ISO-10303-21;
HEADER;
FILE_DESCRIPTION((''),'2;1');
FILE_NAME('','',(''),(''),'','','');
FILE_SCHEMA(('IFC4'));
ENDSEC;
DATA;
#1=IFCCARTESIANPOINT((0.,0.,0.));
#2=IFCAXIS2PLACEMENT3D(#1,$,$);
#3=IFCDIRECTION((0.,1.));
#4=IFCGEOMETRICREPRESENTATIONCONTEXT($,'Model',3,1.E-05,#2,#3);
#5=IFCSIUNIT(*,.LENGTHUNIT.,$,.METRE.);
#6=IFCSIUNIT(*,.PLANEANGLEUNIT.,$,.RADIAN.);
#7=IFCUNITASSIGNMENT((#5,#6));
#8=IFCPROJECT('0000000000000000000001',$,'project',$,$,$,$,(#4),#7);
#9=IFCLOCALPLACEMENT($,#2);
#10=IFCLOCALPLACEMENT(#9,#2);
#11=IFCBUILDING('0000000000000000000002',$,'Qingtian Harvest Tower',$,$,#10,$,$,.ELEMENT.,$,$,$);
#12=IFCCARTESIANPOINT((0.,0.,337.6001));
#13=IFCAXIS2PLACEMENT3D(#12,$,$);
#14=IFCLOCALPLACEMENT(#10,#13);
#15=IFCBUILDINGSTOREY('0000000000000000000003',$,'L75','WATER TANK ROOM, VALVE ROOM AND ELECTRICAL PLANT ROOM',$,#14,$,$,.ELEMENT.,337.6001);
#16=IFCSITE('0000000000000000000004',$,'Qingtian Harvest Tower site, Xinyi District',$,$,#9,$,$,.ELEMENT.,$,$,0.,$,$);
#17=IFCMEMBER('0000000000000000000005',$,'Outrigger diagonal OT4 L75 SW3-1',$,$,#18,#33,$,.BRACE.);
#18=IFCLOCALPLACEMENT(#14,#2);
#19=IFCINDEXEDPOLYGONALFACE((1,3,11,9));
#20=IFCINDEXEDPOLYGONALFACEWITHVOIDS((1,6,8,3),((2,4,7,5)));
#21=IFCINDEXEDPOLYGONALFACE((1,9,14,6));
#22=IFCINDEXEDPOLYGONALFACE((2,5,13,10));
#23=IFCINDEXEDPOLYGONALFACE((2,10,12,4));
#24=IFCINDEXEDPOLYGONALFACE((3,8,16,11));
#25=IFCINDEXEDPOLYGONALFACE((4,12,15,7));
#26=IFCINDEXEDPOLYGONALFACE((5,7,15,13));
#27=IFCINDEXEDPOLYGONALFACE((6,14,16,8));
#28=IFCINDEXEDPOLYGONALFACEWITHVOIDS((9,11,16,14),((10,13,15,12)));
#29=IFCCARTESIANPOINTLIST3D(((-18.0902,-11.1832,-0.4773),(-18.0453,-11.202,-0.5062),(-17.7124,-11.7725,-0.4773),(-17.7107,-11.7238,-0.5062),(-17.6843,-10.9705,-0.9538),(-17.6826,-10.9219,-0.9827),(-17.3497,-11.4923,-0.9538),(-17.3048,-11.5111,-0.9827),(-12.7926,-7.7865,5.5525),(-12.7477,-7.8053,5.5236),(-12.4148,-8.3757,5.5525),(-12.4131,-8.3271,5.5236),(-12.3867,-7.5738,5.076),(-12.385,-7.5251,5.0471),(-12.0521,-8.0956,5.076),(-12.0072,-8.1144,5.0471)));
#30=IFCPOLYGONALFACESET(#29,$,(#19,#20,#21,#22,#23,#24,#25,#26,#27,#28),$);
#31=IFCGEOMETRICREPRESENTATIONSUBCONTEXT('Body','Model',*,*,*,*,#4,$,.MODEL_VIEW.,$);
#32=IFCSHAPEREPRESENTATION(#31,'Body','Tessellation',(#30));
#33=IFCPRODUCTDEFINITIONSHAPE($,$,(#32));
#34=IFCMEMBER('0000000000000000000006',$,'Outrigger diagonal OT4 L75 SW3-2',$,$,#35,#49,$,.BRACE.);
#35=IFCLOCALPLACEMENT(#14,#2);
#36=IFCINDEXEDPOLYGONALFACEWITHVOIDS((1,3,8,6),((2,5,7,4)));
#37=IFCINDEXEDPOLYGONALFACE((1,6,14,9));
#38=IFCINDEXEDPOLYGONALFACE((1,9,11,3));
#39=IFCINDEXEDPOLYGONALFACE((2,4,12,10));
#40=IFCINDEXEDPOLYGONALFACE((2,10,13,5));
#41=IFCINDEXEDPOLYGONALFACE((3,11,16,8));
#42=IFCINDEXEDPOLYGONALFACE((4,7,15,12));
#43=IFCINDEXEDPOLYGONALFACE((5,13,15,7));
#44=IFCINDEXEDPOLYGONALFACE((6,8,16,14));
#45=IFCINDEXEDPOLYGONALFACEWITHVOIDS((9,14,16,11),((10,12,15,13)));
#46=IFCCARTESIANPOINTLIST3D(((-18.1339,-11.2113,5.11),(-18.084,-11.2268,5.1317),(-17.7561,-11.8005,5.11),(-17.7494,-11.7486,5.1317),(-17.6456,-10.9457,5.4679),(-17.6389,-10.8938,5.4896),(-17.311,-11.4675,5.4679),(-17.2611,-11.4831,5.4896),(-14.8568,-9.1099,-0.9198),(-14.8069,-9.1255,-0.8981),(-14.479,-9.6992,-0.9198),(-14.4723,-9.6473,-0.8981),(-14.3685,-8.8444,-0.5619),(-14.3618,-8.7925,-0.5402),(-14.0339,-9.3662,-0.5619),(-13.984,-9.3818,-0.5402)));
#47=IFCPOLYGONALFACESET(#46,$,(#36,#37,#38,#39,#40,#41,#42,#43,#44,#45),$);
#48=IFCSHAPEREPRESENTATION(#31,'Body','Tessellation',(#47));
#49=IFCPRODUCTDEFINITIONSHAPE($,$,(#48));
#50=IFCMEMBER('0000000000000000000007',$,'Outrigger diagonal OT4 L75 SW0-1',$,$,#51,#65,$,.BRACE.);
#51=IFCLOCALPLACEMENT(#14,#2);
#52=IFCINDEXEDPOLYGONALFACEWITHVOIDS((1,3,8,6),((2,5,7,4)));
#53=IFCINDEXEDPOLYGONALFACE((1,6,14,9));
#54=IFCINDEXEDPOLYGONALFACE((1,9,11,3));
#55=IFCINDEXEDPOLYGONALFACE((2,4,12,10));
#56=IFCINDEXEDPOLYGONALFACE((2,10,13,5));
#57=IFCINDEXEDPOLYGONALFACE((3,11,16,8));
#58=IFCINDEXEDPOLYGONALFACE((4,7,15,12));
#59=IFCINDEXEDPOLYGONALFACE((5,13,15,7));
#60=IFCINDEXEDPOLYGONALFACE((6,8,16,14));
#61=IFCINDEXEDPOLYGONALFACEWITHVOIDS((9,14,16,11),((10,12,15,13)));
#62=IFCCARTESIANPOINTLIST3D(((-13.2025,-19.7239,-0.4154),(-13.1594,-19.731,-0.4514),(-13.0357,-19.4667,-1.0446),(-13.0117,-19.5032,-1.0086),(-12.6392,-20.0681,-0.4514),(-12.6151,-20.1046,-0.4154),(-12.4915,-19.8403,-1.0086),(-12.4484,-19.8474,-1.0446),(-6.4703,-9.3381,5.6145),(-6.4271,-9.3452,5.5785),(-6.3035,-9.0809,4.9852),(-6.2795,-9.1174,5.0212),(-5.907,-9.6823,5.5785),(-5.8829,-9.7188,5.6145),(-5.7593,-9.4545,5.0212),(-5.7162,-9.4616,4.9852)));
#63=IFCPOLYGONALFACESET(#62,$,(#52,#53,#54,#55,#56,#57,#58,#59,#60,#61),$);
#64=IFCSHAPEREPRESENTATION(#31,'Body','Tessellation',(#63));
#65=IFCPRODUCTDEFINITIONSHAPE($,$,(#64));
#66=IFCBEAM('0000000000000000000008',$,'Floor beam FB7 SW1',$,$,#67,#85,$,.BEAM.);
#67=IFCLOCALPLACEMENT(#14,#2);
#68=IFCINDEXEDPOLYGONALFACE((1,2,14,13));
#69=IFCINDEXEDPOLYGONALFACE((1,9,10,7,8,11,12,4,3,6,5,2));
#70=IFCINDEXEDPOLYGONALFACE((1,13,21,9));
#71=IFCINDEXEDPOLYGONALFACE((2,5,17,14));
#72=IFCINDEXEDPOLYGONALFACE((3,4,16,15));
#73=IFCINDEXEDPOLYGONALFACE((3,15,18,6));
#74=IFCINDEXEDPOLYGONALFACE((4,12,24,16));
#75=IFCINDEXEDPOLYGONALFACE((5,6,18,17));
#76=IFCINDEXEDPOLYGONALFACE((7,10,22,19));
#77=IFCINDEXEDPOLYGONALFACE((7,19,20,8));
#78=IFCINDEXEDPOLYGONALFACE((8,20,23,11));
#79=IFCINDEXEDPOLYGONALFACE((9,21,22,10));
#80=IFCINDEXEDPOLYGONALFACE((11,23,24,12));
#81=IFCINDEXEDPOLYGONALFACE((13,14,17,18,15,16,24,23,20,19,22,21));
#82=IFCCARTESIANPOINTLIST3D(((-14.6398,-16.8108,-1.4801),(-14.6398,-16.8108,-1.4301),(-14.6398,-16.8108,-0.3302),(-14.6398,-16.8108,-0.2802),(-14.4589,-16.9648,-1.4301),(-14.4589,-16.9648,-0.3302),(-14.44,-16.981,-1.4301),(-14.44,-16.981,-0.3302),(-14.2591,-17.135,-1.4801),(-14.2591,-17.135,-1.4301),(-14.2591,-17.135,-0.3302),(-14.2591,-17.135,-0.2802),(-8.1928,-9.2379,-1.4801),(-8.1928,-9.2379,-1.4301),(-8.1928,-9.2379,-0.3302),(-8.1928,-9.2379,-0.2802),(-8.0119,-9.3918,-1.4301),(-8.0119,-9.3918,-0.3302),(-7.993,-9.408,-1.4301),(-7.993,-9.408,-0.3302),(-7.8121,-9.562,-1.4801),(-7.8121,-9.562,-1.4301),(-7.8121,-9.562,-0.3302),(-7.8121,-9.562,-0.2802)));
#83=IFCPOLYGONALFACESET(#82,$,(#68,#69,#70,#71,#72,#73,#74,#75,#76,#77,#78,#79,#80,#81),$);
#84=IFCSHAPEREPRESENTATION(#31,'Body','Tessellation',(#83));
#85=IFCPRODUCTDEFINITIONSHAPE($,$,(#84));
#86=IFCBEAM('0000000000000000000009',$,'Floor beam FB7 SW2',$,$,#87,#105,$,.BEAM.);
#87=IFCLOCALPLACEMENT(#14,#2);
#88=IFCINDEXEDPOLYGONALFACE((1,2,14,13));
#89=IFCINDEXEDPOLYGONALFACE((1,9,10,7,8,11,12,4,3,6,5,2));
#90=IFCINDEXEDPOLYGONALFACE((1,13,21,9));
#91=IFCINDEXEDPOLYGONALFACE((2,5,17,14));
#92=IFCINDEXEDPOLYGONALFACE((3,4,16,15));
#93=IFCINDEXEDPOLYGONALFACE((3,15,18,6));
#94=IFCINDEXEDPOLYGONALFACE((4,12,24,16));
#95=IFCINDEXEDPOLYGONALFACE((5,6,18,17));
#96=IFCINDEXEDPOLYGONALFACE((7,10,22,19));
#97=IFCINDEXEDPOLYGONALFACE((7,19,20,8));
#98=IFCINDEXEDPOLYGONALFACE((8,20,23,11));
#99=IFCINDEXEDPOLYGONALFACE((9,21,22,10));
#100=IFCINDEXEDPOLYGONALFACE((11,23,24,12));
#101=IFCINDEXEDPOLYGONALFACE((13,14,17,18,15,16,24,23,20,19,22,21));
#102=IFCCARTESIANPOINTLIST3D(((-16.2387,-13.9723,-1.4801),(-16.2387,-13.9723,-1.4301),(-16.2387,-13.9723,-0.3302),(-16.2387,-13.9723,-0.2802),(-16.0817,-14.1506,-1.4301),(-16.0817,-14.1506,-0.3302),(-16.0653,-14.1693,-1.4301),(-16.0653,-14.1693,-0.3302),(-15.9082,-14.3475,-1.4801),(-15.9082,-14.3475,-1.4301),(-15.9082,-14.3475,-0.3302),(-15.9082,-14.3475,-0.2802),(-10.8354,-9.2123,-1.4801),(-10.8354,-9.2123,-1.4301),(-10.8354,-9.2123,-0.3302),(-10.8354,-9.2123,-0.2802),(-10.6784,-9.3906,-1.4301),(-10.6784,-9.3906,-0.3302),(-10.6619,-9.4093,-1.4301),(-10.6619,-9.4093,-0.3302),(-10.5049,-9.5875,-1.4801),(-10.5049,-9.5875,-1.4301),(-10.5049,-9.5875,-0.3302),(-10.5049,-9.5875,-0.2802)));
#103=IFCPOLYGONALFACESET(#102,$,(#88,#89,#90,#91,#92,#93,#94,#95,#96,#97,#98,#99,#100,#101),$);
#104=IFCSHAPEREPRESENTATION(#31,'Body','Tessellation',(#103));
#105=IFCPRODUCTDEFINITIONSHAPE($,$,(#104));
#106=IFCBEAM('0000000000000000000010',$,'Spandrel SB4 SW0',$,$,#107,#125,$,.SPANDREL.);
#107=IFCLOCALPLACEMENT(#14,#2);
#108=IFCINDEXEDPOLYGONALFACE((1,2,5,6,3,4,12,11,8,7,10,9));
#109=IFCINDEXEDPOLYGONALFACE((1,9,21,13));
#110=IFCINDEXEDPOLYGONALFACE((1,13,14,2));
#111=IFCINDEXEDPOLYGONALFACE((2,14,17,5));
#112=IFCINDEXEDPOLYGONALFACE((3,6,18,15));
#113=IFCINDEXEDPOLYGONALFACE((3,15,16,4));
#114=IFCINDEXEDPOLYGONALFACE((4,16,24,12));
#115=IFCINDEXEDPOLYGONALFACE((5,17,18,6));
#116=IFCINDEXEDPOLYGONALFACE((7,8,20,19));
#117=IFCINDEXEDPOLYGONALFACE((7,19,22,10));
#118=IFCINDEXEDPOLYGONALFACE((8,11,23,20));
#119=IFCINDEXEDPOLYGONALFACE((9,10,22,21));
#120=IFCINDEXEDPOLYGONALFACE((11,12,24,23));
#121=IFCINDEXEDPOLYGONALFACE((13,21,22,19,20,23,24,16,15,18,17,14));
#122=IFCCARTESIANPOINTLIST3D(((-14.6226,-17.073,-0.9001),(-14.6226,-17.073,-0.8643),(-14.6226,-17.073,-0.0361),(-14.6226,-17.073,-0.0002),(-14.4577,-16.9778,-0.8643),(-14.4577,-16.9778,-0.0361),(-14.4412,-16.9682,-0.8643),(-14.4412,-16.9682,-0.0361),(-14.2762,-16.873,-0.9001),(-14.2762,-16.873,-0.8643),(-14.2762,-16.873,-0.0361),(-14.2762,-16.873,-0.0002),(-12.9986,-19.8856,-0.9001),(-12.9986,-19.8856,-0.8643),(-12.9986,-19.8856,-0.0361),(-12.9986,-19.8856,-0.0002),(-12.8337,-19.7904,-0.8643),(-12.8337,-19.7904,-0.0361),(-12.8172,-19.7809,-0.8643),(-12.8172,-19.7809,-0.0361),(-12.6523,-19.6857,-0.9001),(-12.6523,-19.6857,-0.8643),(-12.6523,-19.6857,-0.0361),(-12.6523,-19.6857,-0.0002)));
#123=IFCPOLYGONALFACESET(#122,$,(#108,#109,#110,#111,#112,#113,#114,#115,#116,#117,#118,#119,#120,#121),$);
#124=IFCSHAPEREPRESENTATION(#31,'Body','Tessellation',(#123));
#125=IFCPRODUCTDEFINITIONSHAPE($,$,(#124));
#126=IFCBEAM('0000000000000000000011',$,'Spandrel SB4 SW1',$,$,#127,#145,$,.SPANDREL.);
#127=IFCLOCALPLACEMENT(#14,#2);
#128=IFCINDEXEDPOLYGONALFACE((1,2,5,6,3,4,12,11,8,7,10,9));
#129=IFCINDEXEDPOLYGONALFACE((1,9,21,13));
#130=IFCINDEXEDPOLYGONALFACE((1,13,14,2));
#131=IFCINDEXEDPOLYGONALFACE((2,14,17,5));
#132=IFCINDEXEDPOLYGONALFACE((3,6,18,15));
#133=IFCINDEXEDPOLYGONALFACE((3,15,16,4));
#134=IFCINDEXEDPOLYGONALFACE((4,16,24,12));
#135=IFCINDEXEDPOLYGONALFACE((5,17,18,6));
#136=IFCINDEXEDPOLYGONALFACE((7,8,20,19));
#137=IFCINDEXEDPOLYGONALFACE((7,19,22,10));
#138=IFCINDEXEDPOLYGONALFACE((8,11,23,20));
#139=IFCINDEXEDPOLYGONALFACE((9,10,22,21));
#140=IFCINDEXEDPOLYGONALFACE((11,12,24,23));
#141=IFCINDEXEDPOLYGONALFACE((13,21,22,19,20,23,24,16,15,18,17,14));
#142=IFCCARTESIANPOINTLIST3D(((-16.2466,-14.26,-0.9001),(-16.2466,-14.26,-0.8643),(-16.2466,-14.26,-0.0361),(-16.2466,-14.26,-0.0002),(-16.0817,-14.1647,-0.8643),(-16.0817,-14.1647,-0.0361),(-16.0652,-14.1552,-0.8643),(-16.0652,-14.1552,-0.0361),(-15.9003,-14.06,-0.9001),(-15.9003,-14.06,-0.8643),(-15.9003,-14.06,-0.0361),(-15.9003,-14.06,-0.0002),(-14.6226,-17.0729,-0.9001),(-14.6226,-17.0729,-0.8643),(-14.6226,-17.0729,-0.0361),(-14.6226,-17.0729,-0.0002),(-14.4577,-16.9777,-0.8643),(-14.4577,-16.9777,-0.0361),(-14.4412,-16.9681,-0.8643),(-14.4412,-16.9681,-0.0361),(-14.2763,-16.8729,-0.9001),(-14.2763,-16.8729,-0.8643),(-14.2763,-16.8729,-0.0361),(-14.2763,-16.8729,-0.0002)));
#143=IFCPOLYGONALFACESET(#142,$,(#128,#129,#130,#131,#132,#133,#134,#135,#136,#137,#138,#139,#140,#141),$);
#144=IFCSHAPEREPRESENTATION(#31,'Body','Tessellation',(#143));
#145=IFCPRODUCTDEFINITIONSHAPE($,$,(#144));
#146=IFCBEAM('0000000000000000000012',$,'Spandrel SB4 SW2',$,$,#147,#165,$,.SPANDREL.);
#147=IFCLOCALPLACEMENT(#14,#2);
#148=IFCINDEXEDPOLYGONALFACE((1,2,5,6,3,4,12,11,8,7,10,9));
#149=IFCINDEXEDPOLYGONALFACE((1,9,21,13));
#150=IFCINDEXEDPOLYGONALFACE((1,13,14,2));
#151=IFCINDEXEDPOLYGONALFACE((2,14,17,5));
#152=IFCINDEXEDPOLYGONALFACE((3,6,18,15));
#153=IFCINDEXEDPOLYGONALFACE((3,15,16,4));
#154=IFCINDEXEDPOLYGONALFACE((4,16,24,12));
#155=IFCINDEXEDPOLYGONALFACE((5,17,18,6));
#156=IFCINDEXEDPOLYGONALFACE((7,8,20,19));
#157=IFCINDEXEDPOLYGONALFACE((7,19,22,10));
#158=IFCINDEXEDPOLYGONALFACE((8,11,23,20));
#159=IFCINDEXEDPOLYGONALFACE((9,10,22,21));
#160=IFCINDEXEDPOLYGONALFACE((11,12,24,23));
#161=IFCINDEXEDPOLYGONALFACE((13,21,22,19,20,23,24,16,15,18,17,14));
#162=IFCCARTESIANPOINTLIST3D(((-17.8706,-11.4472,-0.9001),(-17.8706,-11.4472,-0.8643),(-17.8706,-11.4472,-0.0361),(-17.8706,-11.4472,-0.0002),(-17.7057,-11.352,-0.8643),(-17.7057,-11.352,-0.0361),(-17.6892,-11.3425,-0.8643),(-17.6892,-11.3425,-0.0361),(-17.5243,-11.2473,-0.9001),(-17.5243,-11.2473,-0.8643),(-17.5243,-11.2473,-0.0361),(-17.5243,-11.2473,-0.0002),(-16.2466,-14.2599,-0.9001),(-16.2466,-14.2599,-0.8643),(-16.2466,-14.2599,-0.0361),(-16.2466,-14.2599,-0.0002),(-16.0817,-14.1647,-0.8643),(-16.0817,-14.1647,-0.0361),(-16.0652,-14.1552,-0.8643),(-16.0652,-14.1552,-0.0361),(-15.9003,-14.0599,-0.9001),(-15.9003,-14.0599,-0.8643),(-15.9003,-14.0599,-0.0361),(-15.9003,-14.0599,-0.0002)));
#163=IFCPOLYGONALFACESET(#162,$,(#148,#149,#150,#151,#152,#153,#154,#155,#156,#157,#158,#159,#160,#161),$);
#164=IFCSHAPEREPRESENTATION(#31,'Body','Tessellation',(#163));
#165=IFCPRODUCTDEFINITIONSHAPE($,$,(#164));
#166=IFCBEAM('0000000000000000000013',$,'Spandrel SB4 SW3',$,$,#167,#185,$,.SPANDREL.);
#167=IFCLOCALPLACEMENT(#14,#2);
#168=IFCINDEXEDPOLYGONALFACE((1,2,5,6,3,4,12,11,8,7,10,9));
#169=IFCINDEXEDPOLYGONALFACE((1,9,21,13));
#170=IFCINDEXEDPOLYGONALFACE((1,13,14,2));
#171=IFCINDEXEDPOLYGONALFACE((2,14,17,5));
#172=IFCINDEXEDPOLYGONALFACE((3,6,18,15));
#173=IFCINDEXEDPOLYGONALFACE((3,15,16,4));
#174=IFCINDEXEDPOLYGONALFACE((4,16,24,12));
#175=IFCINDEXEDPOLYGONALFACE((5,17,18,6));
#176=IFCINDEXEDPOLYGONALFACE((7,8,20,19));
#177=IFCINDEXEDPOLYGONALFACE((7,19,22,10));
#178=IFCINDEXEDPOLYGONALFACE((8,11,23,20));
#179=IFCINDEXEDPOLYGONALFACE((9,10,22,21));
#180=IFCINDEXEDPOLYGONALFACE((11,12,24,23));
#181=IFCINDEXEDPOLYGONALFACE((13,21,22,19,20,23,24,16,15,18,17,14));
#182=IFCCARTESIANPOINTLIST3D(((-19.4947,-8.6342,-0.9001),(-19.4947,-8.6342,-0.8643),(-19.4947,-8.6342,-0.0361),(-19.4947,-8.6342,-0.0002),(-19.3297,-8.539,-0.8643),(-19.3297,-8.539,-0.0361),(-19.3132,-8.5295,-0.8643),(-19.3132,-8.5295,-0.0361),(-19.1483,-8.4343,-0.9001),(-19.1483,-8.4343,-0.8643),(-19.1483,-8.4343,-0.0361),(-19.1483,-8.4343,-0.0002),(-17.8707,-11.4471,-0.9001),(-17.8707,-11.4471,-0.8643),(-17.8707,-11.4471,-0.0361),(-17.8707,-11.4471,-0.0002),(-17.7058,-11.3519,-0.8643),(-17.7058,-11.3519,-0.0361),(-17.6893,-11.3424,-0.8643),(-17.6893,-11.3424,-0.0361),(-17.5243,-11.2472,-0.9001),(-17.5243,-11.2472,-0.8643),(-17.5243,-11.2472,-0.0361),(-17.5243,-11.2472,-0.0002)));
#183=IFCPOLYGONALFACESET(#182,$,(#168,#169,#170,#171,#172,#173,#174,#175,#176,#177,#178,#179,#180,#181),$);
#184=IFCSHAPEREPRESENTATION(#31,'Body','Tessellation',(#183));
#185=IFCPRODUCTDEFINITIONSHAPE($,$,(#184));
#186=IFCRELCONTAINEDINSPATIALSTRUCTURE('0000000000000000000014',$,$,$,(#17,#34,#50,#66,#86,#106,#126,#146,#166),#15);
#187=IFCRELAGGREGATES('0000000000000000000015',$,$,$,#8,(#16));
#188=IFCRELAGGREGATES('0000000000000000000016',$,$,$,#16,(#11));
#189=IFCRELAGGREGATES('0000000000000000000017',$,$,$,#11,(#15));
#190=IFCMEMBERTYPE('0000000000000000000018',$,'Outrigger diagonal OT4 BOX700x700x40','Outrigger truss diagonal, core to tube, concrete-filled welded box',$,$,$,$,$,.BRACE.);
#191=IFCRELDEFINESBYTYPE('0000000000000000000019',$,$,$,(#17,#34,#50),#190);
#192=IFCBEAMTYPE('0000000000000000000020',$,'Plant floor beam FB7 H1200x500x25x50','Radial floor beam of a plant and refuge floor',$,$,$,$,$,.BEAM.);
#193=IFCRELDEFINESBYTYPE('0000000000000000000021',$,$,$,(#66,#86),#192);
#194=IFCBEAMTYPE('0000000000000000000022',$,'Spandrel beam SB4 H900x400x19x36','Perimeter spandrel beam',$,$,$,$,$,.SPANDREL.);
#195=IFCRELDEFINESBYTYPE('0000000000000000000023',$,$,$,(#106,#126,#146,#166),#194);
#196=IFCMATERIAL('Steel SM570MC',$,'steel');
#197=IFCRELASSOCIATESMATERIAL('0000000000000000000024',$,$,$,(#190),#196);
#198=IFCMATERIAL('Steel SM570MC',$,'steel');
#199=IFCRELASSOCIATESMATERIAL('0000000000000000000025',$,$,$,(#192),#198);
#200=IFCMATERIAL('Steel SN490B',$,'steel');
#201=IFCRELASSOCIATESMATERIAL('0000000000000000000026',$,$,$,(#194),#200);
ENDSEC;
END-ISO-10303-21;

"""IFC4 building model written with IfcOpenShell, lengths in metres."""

from ifc_helpers import new_model, si_unit, direction, frame, origin, origin_2d, place, context, subcontext, project, spatial, hollow_rectangle, i_section, extrude, material, material_profile, profile_set, type_object, element, save


model = new_model("IFC4")

# Units and contexts
model_context = context("Model", 3, precision=1e-05, world=origin(), true_north=direction((0.0, 1.0)))
body_context = subcontext(model_context, "Body", "Model", "MODEL_VIEW")
ifc_project = project(units=[si_unit("LENGTHUNIT", "METRE"), si_unit("PLANEANGLEUNIT", "RADIAN")], contexts=[model_context])

# Site, building, storey
site_placement = place(None, origin())
site = spatial("IfcSite", under=ifc_project, at=site_placement, Name="Qingtian Harvest Tower site, Xinyi District", CompositionType="ELEMENT", RefElevation=0.0)
building_placement = place(site_placement, origin())
building = spatial("IfcBuilding", under=site, at=building_placement, Name="Qingtian Harvest Tower", CompositionType="ELEMENT")
storey_placement = place(building_placement, frame((0.0, 0.0, 337.6001)))
storey = spatial("IfcBuildingStorey", under=building, at=storey_placement, Name="L75", Description="WATER TANK ROOM, VALVE ROOM AND ELECTRICAL PLANT ROOM", CompositionType="ELEMENT", Elevation=337.6001)

# Members
ifc_material_1 = material(Name="Steel SM570MC", Category="steel")
ifc_material_profile_1 = material_profile(ifc_material_1, hollow_rectangle(XDim=0.7, YDim=0.7, WallThickness=0.04, at=origin_2d()), Name="BOX700x700x40")
ifc_profile_set_1 = profile_set([ifc_material_profile_1], Name="Steel SM570MC")
member_type = type_object("IfcMemberType", Name="Outrigger diagonal OT4 BOX700x700x40", Description="Outrigger truss diagonal, core to tube, concrete-filled welded box", PredefinedType="BRACE", material=ifc_profile_set_1)
member_1_placement = place(storey_placement, frame((-17.6975, -11.3472, -0.73), z_axis=(0.607834, 0.389732, 0.691843), x_axis=(-0.539759, 0.841819, 0.0)))
element("IfcMember", 1, at=member_1_placement, inside=storey, type_object=member_type, Name="Outrigger diagonal OT4 L75 SW3-1", PredefinedType="BRACE", context=body_context, shape_type="SweptSolid", body=[
    extrude(hollow_rectangle(XDim=0.7, YDim=0.7, WallThickness=0.04, at=origin_2d()), origin(), (0.0, 0.0, 1.0), 8.7156),
])
member_2_placement = place(storey_placement, frame((-14.4204, -9.2458, -0.73), z_axis=(-0.456594, -0.292774, 0.840122), x_axis=(0.539778, -0.841808, 0.0)))
element("IfcMember", 2, at=member_2_placement, inside=storey, type_object=member_type, Name="Outrigger diagonal OT4 L75 SW3-2", PredefinedType="BRACE", context=body_context, shape_type="SweptSolid", body=[
    extrude(hollow_rectangle(XDim=0.7, YDim=0.7, WallThickness=0.04, at=origin_2d()), origin(), (0.0, 0.0, 1.0), 7.1772),
])
member_3_placement = place(storey_placement, frame((-12.8254, -19.7856, -0.73), z_axis=(0.48899, 0.754366, 0.437972), x_axis=(-0.839128, 0.543934, 0.0)))
element("IfcMember", 3, at=member_3_placement, inside=storey, type_object=member_type, Name="Outrigger diagonal OT4 L75 SW0-1", PredefinedType="BRACE", context=body_context, shape_type="SweptSolid", body=[
    extrude(hollow_rectangle(XDim=0.7, YDim=0.7, WallThickness=0.04, at=origin_2d()), origin(), (0.0, 0.0, 1.0), 13.7676),
])

# Beams
ifc_material_2 = material(Name="Steel SM570MC", Category="steel")
ifc_material_profile_2 = material_profile(ifc_material_2, i_section(OverallWidth=0.5, OverallDepth=1.2, WebThickness=0.0249, FlangeThickness=0.05, at=origin_2d()), Name="H1200x500x25x50")
ifc_profile_set_2 = profile_set([ifc_material_profile_2], Name="Steel SM570MC")
beam_type_1 = type_object("IfcBeamType", Name="Plant floor beam FB7 H1200x500x25x50", Description="Radial floor beam of a plant and refuge floor", PredefinedType="BEAM", material=ifc_profile_set_2)
beam_1_placement = place(storey_placement, frame((-14.4495, -16.9729, -0.8801), z_axis=(0.64823, 0.761444, 0.0), x_axis=(-0.761444, 0.64823, 0.0)))
element("IfcBeam", 4, at=beam_1_placement, inside=storey, type_object=beam_type_1, Name="Floor beam FB7 SW1", PredefinedType="BEAM", context=body_context, shape_type="SweptSolid", body=[
    extrude(i_section(OverallWidth=0.5, OverallDepth=1.2, WebThickness=0.0249, FlangeThickness=0.05, at=origin_2d()), origin(), (0.0, 0.0, 1.0), 9.9456),
])
beam_2_placement = place(storey_placement, frame((-16.0735, -14.1599, -0.8801), z_axis=(0.750363, 0.661026, 0.0), x_axis=(-0.661026, 0.750363, 0.0)))
element("IfcBeam", 5, at=beam_2_placement, inside=storey, type_object=beam_type_1, Name="Floor beam FB7 SW2", PredefinedType="BEAM", context=body_context, shape_type="SweptSolid", body=[
    extrude(i_section(OverallWidth=0.5, OverallDepth=1.2, WebThickness=0.0249, FlangeThickness=0.05, at=origin_2d()), origin(), (0.0, 0.0, 1.0), 7.2009),
])
ifc_material_3 = material(Name="Steel SN490B", Category="steel")
ifc_material_profile_3 = material_profile(ifc_material_3, i_section(OverallWidth=0.3999, OverallDepth=0.8999, WebThickness=0.019, FlangeThickness=0.0359, at=origin_2d()), Name="H900x400x19x36")
ifc_profile_set_3 = profile_set([ifc_material_profile_3], Name="Steel SN490B")
beam_type_2 = type_object("IfcBeamType", Name="Spandrel beam SB4 H900x400x19x36", Description="Perimeter spandrel beam", PredefinedType="SPANDREL", material=ifc_profile_set_3)
beam_3_placement = place(storey_placement, frame((-12.8254, -19.7856, -0.4502), z_axis=(-0.50002, 0.866014, 0.0), x_axis=(-0.866014, -0.50002, 0.0)))
element("IfcBeam", 6, at=beam_3_placement, inside=storey, type_object=beam_type_2, Name="Spandrel SB4 SW0", PredefinedType="SPANDREL", context=body_context, shape_type="SweptSolid", body=[
    extrude(i_section(OverallWidth=0.3999, OverallDepth=0.8999, WebThickness=0.019, FlangeThickness=0.0359, at=origin_2d()), origin(), (0.0, 0.0, 1.0), 3.2478),
])
beam_4_placement = place(storey_placement, frame((-14.4495, -16.9729, -0.4502), z_axis=(-0.499987, 0.866033, 0.0), x_axis=(-0.866033, -0.499987, 0.0)))
element("IfcBeam", 7, at=beam_4_placement, inside=storey, type_object=beam_type_2, Name="Spandrel SB4 SW1", PredefinedType="SPANDREL", context=body_context, shape_type="SweptSolid", body=[
    extrude(i_section(OverallWidth=0.3999, OverallDepth=0.8999, WebThickness=0.019, FlangeThickness=0.0359, at=origin_2d()), origin(), (0.0, 0.0, 1.0), 3.248),
])
beam_5_placement = place(storey_placement, frame((-16.0735, -14.1599, -0.4502), z_axis=(-0.50002, 0.866014, 0.0), x_axis=(-0.866014, -0.50002, 0.0)))
element("IfcBeam", 8, at=beam_5_placement, inside=storey, type_object=beam_type_2, Name="Spandrel SB4 SW2", PredefinedType="SPANDREL", context=body_context, shape_type="SweptSolid", body=[
    extrude(i_section(OverallWidth=0.3999, OverallDepth=0.8999, WebThickness=0.019, FlangeThickness=0.0359, at=origin_2d()), origin(), (0.0, 0.0, 1.0), 3.2478),
])
beam_6_placement = place(storey_placement, frame((-17.6975, -11.3472, -0.4502), z_axis=(-0.499987, 0.866033, 0.0), x_axis=(-0.866033, -0.499987, 0.0)))
element("IfcBeam", 9, at=beam_6_placement, inside=storey, type_object=beam_type_2, Name="Spandrel SB4 SW3", PredefinedType="SPANDREL", context=body_context, shape_type="SweptSolid", body=[
    extrude(i_section(OverallWidth=0.3999, OverallDepth=0.8999, WebThickness=0.019, FlangeThickness=0.0359, at=origin_2d()), origin(), (0.0, 0.0, 1.0), 3.248),
])

save(model, "model.ifc")
